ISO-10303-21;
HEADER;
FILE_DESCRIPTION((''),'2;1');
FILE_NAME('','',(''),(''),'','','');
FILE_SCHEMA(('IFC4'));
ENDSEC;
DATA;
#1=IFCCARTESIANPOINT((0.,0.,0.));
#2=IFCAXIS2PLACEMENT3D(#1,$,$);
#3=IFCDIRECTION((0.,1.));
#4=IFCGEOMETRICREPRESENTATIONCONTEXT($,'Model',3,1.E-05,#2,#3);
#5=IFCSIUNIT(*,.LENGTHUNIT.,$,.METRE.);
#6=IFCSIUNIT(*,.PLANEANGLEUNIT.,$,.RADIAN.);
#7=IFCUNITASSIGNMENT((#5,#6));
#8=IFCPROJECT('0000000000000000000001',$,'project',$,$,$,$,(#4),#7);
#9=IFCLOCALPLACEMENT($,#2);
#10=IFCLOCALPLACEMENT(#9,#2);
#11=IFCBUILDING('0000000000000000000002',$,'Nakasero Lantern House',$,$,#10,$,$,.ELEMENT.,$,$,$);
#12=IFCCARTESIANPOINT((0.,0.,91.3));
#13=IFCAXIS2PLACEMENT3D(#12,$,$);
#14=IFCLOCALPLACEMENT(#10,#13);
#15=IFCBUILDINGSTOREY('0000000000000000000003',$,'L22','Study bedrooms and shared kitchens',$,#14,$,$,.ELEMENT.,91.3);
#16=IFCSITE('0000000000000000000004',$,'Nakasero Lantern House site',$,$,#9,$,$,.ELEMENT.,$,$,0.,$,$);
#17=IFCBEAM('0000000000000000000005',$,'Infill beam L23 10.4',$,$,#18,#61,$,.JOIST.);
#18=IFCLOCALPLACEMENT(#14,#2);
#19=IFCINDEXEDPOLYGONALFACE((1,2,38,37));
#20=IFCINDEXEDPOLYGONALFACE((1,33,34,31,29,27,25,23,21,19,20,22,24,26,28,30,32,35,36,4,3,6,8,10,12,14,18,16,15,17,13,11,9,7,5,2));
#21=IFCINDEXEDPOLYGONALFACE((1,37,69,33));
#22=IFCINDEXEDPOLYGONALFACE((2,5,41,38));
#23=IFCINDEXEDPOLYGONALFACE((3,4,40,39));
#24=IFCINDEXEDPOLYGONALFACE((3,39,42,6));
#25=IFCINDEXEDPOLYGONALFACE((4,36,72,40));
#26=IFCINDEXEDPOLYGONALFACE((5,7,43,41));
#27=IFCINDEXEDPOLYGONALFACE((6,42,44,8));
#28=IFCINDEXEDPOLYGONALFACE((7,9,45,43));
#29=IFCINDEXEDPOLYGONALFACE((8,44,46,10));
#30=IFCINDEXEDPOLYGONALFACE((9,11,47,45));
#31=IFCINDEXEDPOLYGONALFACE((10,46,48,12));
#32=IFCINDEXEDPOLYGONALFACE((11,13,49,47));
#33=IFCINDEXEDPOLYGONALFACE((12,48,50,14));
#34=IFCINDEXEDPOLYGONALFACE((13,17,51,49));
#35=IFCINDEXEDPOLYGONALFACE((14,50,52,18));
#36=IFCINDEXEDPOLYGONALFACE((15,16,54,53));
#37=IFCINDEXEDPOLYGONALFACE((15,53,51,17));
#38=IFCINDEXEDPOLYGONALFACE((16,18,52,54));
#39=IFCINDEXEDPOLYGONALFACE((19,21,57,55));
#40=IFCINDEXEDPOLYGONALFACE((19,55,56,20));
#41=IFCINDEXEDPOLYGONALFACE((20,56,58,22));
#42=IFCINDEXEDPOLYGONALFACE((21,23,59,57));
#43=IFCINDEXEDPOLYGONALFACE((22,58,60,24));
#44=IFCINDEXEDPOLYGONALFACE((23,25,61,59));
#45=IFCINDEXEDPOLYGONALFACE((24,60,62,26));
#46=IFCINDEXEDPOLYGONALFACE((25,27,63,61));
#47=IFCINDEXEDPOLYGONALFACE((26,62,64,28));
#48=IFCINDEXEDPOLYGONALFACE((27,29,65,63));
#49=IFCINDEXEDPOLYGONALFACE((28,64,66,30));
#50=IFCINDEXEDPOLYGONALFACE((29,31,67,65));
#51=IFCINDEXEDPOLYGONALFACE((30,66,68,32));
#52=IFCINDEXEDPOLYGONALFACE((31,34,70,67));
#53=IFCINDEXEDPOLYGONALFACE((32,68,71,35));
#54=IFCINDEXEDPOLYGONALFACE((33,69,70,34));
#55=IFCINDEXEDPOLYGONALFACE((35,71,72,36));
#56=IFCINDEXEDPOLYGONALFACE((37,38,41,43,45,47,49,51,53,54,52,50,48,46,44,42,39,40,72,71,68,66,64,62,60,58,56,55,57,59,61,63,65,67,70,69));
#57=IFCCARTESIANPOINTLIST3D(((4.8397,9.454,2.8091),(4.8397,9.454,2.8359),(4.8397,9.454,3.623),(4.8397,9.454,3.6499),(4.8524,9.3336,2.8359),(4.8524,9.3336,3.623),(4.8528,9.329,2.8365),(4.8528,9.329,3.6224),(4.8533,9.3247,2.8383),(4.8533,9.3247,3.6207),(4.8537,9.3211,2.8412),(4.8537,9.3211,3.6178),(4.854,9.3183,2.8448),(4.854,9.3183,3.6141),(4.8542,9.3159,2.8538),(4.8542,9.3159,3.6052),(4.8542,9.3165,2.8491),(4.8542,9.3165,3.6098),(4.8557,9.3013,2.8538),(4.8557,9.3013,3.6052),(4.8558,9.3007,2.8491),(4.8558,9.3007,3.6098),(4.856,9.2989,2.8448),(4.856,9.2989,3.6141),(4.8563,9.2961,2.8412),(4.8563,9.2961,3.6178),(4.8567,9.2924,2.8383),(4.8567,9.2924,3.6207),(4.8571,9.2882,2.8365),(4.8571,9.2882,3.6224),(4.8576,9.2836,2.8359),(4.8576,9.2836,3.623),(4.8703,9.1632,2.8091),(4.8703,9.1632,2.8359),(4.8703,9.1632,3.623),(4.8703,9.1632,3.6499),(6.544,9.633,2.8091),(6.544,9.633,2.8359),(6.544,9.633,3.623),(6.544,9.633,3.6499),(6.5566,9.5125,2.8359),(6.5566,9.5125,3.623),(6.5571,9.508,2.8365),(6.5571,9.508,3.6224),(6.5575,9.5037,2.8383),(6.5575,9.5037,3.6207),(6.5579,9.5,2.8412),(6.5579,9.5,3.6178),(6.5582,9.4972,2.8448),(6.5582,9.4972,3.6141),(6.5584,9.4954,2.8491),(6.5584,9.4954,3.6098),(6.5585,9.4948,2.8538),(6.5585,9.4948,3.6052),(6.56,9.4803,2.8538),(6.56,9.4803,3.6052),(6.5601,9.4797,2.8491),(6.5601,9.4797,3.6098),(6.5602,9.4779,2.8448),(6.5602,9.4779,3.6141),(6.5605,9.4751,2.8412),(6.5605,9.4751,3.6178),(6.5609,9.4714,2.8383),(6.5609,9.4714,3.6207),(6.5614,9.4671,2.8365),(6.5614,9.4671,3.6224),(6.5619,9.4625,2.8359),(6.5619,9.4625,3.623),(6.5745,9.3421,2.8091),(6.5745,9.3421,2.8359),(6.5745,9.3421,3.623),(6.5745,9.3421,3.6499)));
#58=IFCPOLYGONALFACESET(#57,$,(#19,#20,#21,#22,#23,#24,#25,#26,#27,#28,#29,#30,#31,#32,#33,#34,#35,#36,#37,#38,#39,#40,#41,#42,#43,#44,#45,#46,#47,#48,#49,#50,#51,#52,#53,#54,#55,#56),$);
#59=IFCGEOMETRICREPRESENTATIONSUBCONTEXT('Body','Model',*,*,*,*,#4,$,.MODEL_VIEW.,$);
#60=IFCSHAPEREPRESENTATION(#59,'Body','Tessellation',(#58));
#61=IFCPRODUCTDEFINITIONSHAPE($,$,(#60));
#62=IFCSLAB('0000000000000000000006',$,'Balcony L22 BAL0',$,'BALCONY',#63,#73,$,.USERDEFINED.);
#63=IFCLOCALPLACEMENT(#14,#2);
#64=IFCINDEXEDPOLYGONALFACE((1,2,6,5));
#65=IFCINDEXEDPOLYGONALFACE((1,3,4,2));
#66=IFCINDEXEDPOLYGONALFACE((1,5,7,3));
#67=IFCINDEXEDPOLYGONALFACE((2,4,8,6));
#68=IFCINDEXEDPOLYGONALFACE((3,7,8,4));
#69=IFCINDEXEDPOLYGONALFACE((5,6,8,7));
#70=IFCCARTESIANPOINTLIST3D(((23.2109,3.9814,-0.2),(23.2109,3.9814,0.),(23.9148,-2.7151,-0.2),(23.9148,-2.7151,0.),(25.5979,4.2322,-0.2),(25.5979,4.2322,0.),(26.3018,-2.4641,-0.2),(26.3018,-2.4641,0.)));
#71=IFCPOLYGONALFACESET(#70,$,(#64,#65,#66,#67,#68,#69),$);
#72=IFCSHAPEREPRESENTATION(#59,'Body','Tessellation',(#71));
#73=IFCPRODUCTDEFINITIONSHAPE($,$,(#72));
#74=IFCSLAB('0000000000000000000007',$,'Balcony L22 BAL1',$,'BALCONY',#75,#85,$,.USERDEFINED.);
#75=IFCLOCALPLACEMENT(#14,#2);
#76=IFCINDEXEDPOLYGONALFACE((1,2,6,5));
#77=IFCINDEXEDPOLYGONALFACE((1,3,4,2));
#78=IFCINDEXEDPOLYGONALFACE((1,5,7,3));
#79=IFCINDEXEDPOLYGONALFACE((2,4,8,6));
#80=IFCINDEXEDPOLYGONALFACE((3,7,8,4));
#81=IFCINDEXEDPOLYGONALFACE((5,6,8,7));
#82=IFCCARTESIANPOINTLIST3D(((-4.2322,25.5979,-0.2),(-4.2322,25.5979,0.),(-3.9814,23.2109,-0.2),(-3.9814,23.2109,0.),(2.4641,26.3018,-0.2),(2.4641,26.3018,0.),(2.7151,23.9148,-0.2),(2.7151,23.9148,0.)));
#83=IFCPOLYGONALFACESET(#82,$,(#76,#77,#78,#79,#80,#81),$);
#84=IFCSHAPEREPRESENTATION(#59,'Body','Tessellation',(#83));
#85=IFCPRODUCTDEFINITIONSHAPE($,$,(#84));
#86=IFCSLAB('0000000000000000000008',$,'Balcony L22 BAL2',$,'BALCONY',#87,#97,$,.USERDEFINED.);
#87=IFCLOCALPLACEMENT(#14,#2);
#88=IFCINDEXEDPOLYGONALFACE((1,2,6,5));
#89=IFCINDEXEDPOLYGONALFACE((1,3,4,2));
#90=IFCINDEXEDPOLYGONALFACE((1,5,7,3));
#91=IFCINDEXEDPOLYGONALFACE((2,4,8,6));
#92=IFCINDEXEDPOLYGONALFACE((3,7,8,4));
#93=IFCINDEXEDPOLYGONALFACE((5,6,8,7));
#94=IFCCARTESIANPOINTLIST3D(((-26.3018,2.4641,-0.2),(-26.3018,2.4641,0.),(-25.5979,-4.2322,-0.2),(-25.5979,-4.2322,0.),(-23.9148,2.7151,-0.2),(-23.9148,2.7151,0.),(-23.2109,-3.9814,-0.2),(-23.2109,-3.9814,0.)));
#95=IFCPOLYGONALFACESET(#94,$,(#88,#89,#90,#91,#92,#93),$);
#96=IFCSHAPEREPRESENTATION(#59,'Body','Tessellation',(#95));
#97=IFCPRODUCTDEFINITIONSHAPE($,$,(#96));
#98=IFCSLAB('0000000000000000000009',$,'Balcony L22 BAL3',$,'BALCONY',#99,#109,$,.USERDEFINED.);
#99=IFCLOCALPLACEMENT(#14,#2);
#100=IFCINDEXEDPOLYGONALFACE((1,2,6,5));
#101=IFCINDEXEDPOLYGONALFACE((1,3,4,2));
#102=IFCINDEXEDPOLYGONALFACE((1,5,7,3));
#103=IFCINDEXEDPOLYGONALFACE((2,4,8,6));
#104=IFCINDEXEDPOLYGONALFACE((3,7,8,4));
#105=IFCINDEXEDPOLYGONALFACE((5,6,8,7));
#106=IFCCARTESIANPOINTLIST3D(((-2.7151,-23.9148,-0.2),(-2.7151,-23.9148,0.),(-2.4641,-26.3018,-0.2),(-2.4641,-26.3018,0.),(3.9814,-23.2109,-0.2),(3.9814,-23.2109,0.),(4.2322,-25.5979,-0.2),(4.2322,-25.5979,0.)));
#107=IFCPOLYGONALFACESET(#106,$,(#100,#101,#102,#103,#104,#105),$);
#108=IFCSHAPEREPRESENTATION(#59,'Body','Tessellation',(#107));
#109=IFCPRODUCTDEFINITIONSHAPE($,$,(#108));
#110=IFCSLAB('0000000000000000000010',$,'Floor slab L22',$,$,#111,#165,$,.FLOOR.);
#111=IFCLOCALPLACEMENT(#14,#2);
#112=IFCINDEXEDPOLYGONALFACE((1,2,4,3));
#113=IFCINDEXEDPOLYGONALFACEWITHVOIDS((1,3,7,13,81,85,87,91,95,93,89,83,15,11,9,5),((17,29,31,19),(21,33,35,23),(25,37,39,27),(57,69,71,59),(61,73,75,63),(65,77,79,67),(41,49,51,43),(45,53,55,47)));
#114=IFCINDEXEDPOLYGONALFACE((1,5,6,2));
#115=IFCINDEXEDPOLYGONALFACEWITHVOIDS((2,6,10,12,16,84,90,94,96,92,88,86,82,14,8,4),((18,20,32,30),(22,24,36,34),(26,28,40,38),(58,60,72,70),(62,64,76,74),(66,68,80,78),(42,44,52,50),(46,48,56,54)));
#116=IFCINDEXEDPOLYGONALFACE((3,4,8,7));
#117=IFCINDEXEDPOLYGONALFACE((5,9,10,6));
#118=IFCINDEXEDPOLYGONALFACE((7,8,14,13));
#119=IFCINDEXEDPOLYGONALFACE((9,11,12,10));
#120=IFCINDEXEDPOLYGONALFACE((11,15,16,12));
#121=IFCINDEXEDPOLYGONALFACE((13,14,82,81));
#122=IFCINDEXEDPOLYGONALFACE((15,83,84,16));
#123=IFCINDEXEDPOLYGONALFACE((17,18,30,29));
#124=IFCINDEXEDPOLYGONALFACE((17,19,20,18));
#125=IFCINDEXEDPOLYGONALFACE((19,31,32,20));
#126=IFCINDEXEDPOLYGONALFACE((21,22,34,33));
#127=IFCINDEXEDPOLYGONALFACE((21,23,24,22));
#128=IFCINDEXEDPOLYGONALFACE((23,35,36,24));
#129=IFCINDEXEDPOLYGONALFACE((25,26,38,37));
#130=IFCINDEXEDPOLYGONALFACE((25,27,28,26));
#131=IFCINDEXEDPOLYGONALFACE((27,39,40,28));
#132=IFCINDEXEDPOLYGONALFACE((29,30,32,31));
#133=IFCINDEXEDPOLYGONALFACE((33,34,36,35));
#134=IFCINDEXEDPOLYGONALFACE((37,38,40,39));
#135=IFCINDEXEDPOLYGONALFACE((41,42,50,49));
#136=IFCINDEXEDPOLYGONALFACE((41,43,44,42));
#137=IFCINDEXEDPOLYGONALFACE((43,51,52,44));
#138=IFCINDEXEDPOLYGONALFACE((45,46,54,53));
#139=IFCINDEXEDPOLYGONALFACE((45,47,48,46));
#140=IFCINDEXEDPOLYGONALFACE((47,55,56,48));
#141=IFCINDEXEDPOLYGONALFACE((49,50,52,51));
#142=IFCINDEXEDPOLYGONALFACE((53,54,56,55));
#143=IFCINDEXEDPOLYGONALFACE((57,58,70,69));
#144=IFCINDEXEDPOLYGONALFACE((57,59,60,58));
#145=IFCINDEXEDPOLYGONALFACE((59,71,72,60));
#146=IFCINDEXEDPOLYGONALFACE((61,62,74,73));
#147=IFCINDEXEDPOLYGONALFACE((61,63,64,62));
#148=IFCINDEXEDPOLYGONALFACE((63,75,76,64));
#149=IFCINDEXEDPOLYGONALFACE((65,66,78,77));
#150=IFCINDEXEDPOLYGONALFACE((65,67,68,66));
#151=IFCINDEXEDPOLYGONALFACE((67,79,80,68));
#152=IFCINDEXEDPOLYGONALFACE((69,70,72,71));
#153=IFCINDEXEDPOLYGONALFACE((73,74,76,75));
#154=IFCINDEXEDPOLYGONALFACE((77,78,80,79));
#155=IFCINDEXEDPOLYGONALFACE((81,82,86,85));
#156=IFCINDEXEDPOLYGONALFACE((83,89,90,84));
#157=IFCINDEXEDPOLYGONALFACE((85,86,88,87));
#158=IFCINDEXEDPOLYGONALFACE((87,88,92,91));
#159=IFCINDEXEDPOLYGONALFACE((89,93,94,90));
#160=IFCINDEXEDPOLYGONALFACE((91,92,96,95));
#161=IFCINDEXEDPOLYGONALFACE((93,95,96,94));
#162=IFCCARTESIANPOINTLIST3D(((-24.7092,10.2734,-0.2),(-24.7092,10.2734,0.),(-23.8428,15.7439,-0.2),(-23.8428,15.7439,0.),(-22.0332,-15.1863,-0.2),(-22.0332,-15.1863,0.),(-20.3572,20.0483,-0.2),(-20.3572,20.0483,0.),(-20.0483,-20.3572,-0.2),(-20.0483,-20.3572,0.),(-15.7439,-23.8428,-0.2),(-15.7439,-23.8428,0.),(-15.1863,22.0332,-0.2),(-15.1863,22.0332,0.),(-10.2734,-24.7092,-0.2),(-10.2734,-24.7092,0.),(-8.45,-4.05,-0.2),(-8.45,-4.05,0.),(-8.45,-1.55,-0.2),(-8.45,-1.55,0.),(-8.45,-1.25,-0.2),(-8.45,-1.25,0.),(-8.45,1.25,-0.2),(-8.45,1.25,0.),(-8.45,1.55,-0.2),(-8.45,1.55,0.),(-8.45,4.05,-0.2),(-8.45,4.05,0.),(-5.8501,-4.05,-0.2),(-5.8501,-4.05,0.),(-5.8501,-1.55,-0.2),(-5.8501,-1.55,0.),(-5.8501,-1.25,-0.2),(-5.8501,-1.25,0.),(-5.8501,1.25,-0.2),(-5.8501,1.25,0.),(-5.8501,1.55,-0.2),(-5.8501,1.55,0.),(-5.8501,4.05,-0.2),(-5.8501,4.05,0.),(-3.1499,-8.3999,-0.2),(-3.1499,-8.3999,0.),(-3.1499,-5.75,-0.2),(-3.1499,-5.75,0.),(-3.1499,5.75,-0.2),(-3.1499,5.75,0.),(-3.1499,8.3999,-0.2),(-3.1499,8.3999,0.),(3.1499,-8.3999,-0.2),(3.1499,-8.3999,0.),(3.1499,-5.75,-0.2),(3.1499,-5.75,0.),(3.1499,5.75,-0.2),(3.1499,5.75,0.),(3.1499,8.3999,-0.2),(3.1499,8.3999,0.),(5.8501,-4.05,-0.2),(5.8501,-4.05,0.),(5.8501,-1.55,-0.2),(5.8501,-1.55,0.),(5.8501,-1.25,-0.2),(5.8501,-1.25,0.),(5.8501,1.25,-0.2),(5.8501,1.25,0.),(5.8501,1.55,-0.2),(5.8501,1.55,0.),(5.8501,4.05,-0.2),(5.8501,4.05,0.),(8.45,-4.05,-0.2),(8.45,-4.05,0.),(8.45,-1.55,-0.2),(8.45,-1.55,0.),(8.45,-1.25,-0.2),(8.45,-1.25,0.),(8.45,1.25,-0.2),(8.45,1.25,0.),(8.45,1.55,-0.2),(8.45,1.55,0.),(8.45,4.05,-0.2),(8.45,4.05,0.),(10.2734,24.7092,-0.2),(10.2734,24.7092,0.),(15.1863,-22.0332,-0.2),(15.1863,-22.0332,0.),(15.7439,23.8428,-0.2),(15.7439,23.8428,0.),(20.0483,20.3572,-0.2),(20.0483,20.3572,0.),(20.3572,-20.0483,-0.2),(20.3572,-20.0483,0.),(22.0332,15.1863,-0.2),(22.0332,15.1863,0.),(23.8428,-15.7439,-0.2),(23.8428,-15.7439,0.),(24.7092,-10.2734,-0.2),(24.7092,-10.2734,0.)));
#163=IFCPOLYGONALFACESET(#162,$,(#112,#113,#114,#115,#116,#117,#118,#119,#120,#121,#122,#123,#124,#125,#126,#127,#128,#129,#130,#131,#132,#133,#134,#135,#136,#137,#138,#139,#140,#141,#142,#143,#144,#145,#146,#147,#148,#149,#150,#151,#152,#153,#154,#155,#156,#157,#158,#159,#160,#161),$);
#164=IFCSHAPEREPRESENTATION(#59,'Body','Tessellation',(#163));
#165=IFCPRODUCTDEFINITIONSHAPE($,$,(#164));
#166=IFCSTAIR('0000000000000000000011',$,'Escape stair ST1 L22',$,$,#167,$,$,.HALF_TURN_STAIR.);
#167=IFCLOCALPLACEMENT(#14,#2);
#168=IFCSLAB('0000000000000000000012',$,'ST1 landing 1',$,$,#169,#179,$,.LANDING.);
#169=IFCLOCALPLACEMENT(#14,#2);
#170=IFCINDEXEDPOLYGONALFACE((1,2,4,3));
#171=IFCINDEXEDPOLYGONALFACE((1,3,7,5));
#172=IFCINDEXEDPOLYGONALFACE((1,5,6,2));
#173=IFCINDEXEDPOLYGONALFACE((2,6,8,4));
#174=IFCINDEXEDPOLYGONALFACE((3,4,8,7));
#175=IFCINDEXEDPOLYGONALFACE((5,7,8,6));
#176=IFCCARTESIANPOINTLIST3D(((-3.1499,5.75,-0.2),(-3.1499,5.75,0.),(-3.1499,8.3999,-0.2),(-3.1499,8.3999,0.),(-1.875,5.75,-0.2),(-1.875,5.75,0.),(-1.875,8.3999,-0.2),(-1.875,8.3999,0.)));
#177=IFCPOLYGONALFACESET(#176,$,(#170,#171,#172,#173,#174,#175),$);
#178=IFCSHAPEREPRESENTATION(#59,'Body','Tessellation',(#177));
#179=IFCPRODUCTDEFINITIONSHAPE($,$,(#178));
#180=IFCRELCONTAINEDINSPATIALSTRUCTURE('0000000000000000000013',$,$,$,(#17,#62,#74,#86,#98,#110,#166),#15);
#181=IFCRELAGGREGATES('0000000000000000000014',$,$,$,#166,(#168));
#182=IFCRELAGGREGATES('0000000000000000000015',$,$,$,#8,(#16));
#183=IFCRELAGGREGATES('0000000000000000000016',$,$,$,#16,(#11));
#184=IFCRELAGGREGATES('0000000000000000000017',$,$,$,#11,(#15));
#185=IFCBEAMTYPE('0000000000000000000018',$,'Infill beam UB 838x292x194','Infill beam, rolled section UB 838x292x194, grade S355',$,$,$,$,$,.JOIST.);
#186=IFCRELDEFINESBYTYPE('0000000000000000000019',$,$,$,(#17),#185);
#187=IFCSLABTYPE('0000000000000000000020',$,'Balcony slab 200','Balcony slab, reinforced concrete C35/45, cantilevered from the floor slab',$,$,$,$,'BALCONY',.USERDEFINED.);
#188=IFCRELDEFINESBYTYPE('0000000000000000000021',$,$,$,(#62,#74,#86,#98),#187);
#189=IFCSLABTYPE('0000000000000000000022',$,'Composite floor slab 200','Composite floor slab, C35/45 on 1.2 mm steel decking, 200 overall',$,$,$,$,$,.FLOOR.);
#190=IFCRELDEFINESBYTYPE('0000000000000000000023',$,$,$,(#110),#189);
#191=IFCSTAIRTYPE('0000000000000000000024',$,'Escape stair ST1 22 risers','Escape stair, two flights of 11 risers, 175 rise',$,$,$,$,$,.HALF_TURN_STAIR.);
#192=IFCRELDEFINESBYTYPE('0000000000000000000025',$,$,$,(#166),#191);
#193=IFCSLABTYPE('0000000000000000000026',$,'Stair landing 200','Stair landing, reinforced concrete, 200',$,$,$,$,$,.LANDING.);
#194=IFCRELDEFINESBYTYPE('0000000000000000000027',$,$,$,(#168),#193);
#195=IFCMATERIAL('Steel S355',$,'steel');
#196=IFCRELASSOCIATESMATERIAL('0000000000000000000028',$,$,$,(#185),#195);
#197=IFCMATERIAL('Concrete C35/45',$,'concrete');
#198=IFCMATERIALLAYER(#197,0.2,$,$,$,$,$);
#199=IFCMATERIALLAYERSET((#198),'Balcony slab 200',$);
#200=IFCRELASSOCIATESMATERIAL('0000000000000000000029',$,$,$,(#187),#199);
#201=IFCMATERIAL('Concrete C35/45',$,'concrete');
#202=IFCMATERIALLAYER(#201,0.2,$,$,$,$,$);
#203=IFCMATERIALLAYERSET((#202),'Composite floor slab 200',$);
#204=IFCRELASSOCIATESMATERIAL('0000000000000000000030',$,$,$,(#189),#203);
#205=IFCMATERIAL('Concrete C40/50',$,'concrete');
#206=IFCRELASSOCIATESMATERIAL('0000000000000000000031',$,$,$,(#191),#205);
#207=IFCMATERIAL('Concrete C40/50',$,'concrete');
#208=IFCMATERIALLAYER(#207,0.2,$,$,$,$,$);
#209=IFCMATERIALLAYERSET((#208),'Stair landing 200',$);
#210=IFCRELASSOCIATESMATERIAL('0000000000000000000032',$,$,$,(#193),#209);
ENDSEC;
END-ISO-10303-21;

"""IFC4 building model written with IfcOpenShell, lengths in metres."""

from ifc_helpers import new_model, si_unit, direction, frame, origin, origin_2d, place, context, subcontext, project, spatial, polyline, i_section, outline, extrude, material, layer, layer_set, material_profile, profile_set, type_object, element, aggregate, save


model = new_model("IFC4")

# Units and contexts
model_context = context("Model", 3, precision=1e-05, world=origin(), true_north=direction((0.0, 1.0)))
body_context = subcontext(model_context, "Body", "Model", "MODEL_VIEW")
ifc_project = project(units=[si_unit("LENGTHUNIT", "METRE"), si_unit("PLANEANGLEUNIT", "RADIAN")], contexts=[model_context])

# Site, building, storey
site_placement = place(None, origin())
site = spatial("IfcSite", under=ifc_project, at=site_placement, Name="Nakasero Lantern House site", CompositionType="ELEMENT", RefElevation=0.0)
building_placement = place(site_placement, origin())
building = spatial("IfcBuilding", under=site, at=building_placement, Name="Nakasero Lantern House", CompositionType="ELEMENT")
storey_placement = place(building_placement, frame((0.0, 0.0, 91.3)))
storey = spatial("IfcBuildingStorey", under=building, at=storey_placement, Name="L22", Description="Study bedrooms and shared kitchens", CompositionType="ELEMENT", Elevation=91.3)

# Beam
ifc_material_1 = material(Name="Steel S355", Category="steel")
ifc_material_profile = material_profile(ifc_material_1, i_section(OverallWidth=0.2925, OverallDepth=0.8408, WebThickness=0.0146, FlangeThickness=0.0269, FilletRadius=0.0178, at=origin_2d()), Name="UB 838x292x194")
ifc_profile_set = profile_set([ifc_material_profile], Name="Steel S355")
beam_type = type_object("IfcBeamType", Name="Infill beam UB 838x292x194", Description="Infill beam, rolled section UB 838x292x194, grade S355", PredefinedType="JOIST", material=ifc_profile_set)
beam_placement = place(storey_placement, frame((4.855, 9.3086, 3.2295), z_axis=(0.994533, 0.104425, 0.0), x_axis=(-0.104425, 0.994533, 0.0)))
element("IfcBeam", 1, at=beam_placement, inside=storey, type_object=beam_type, Name="Infill beam L23 10.4", PredefinedType="JOIST", context=body_context, shape_type="SweptSolid", body=[
    extrude(i_section(OverallWidth=0.2925, OverallDepth=0.8408, WebThickness=0.0146, FlangeThickness=0.0269, FilletRadius=0.0178, at=origin_2d()), origin(), (0.0, 0.0, 1.0), 1.7136),
])

# Slabs
ifc_material_2 = material(Name="Concrete C35/45", Category="concrete")
ifc_layer_1 = layer(ifc_material_2, 0.2)
ifc_layer_set_1 = layer_set([ifc_layer_1], Name="Balcony slab 200")
slab_type_1 = type_object("IfcSlabType", Name="Balcony slab 200", Description="Balcony slab, reinforced concrete C35/45, cantilevered from the floor slab", ElementType="BALCONY", PredefinedType="USERDEFINED", material=ifc_layer_set_1)
slab_1_placement = place(storey_placement, frame((0.0, 0.0, -0.2)))
element("IfcSlab", 2, at=slab_1_placement, inside=storey, type_object=slab_type_1, Name="Balcony L22 BAL0", ObjectType="BALCONY", PredefinedType="USERDEFINED", context=body_context, shape_type="SweptSolid", body=[
    extrude(outline(polyline([(23.9148, -2.7151), (26.3018, -2.4641), (25.5979, 4.2322), (23.2109, 3.9814), (23.9148, -2.7151)])), origin(), (0.0, 0.0, 1.0), 0.2),
])
slab_2_placement = place(storey_placement, frame((0.0, 0.0, -0.2)))
element("IfcSlab", 3, at=slab_2_placement, inside=storey, type_object=slab_type_1, Name="Balcony L22 BAL1", ObjectType="BALCONY", PredefinedType="USERDEFINED", context=body_context, shape_type="SweptSolid", body=[
    extrude(outline(polyline([(2.7151, 23.9148), (2.4641, 26.3018), (-4.2322, 25.5979), (-3.9814, 23.2109), (2.7151, 23.9148)])), origin(), (0.0, 0.0, 1.0), 0.2),
])
slab_3_placement = place(storey_placement, frame((0.0, 0.0, -0.2)))
element("IfcSlab", 4, at=slab_3_placement, inside=storey, type_object=slab_type_1, Name="Balcony L22 BAL2", ObjectType="BALCONY", PredefinedType="USERDEFINED", context=body_context, shape_type="SweptSolid", body=[
    extrude(outline(polyline([(-23.9148, 2.7151), (-26.3018, 2.4641), (-25.5979, -4.2322), (-23.2109, -3.9814), (-23.9148, 2.7151)])), origin(), (0.0, 0.0, 1.0), 0.2),
])
slab_4_placement = place(storey_placement, frame((0.0, 0.0, -0.2)))
element("IfcSlab", 5, at=slab_4_placement, inside=storey, type_object=slab_type_1, Name="Balcony L22 BAL3", ObjectType="BALCONY", PredefinedType="USERDEFINED", context=body_context, shape_type="SweptSolid", body=[
    extrude(outline(polyline([(-2.7151, -23.9148), (-2.4641, -26.3018), (4.2322, -25.5979), (3.9814, -23.2109), (-2.7151, -23.9148)])), origin(), (0.0, 0.0, 1.0), 0.2),
])
ifc_material_3 = material(Name="Concrete C35/45", Category="concrete")
ifc_layer_2 = layer(ifc_material_3, 0.2)
ifc_layer_set_2 = layer_set([ifc_layer_2], Name="Composite floor slab 200")
slab_type_2 = type_object("IfcSlabType", Name="Composite floor slab 200", Description="Composite floor slab, C35/45 on 1.2 mm steel decking, 200 overall", PredefinedType="FLOOR", material=ifc_layer_set_2)
slab_5_placement = place(storey_placement, frame((0.0, 0.0, -0.2)))
element("IfcSlab", 6, at=slab_5_placement, inside=storey, type_object=slab_type_2, Name="Floor slab L22", PredefinedType="FLOOR", context=body_context, shape_type="SweptSolid", body=[
    extrude(outline(polyline([(22.0332, 15.1863), (20.0483, 20.3572), (15.7439, 23.8428), (10.2734, 24.7092), (-15.1863, 22.0332), (-20.3572, 20.0483), (-23.8428, 15.7439), (-24.7092, 10.2734), (-22.0332, -15.1863), (-20.0483, -20.3572), (-15.7439, -23.8428), (-10.2734, -24.7092), (15.1863, -22.0332), (20.3572, -20.0483), (23.8428, -15.7439), (24.7092, -10.2734), (22.0332, 15.1863)]), holes=[polyline([(-8.45, -4.05), (-5.8501, -4.05), (-5.8501, -1.55), (-8.45, -1.55), (-8.45, -4.05)]), polyline([(-8.45, -1.25), (-5.8501, -1.25), (-5.8501, 1.25), (-8.45, 1.25), (-8.45, -1.25)]), polyline([(-8.45, 1.55), (-5.8501, 1.55), (-5.8501, 4.05), (-8.45, 4.05), (-8.45, 1.55)]), polyline([(5.8501, -4.05), (8.45, -4.05), (8.45, -1.55), (5.8501, -1.55), (5.8501, -4.05)]), polyline([(5.8501, -1.25), (8.45, -1.25), (8.45, 1.25), (5.8501, 1.25), (5.8501, -1.25)]), polyline([(5.8501, 1.55), (8.45, 1.55), (8.45, 4.05), (5.8501, 4.05), (5.8501, 1.55)]), polyline([(-3.1499, 5.75), (3.1499, 5.75), (3.1499, 8.3999), (-3.1499, 8.3999), (-3.1499, 5.75)]), polyline([(-3.1499, -8.3999), (3.1499, -8.3999), (3.1499, -5.75), (-3.1499, -5.75), (-3.1499, -8.3999)])]), origin(), (0.0, 0.0, 1.0), 0.2),
])

# Stair, slab
ifc_material_4 = material(Name="Concrete C40/50", Category="concrete")
stair_type_1 = type_object("IfcStairType", Name="Escape stair ST1 22 risers", Description="Escape stair, two flights of 11 risers, 175 rise", PredefinedType="HALF_TURN_STAIR", material=ifc_material_4)
stair_1_placement = place(storey_placement, origin())
stair_1 = element("IfcStair", 7, at=stair_1_placement, inside=storey, type_object=stair_type_1, Name="Escape stair ST1 L22", PredefinedType="HALF_TURN_STAIR")
ifc_material_5 = material(Name="Concrete C40/50", Category="concrete")
ifc_layer_3 = layer(ifc_material_5, 0.2)
ifc_layer_set_3 = layer_set([ifc_layer_3], Name="Stair landing 200")
slab_type_3 = type_object("IfcSlabType", Name="Stair landing 200", Description="Stair landing, reinforced concrete, 200", PredefinedType="LANDING", material=ifc_layer_set_3)
slab_6_placement = place(storey_placement, frame((0.0, 0.0, -0.2)))
slab_6 = element("IfcSlab", 8, at=slab_6_placement, type_object=slab_type_3, Name="ST1 landing 1", PredefinedType="LANDING", context=body_context, shape_type="SweptSolid", body=[
    extrude(outline(polyline([(-3.1499, 5.75), (-1.875, 5.75), (-1.875, 8.3999), (-3.1499, 8.3999), (-3.1499, 5.75)])), origin(), (0.0, 0.0, 1.0), 0.2),
])

aggregate(stair_1, [slab_6])

save(model, "model.ifc")
